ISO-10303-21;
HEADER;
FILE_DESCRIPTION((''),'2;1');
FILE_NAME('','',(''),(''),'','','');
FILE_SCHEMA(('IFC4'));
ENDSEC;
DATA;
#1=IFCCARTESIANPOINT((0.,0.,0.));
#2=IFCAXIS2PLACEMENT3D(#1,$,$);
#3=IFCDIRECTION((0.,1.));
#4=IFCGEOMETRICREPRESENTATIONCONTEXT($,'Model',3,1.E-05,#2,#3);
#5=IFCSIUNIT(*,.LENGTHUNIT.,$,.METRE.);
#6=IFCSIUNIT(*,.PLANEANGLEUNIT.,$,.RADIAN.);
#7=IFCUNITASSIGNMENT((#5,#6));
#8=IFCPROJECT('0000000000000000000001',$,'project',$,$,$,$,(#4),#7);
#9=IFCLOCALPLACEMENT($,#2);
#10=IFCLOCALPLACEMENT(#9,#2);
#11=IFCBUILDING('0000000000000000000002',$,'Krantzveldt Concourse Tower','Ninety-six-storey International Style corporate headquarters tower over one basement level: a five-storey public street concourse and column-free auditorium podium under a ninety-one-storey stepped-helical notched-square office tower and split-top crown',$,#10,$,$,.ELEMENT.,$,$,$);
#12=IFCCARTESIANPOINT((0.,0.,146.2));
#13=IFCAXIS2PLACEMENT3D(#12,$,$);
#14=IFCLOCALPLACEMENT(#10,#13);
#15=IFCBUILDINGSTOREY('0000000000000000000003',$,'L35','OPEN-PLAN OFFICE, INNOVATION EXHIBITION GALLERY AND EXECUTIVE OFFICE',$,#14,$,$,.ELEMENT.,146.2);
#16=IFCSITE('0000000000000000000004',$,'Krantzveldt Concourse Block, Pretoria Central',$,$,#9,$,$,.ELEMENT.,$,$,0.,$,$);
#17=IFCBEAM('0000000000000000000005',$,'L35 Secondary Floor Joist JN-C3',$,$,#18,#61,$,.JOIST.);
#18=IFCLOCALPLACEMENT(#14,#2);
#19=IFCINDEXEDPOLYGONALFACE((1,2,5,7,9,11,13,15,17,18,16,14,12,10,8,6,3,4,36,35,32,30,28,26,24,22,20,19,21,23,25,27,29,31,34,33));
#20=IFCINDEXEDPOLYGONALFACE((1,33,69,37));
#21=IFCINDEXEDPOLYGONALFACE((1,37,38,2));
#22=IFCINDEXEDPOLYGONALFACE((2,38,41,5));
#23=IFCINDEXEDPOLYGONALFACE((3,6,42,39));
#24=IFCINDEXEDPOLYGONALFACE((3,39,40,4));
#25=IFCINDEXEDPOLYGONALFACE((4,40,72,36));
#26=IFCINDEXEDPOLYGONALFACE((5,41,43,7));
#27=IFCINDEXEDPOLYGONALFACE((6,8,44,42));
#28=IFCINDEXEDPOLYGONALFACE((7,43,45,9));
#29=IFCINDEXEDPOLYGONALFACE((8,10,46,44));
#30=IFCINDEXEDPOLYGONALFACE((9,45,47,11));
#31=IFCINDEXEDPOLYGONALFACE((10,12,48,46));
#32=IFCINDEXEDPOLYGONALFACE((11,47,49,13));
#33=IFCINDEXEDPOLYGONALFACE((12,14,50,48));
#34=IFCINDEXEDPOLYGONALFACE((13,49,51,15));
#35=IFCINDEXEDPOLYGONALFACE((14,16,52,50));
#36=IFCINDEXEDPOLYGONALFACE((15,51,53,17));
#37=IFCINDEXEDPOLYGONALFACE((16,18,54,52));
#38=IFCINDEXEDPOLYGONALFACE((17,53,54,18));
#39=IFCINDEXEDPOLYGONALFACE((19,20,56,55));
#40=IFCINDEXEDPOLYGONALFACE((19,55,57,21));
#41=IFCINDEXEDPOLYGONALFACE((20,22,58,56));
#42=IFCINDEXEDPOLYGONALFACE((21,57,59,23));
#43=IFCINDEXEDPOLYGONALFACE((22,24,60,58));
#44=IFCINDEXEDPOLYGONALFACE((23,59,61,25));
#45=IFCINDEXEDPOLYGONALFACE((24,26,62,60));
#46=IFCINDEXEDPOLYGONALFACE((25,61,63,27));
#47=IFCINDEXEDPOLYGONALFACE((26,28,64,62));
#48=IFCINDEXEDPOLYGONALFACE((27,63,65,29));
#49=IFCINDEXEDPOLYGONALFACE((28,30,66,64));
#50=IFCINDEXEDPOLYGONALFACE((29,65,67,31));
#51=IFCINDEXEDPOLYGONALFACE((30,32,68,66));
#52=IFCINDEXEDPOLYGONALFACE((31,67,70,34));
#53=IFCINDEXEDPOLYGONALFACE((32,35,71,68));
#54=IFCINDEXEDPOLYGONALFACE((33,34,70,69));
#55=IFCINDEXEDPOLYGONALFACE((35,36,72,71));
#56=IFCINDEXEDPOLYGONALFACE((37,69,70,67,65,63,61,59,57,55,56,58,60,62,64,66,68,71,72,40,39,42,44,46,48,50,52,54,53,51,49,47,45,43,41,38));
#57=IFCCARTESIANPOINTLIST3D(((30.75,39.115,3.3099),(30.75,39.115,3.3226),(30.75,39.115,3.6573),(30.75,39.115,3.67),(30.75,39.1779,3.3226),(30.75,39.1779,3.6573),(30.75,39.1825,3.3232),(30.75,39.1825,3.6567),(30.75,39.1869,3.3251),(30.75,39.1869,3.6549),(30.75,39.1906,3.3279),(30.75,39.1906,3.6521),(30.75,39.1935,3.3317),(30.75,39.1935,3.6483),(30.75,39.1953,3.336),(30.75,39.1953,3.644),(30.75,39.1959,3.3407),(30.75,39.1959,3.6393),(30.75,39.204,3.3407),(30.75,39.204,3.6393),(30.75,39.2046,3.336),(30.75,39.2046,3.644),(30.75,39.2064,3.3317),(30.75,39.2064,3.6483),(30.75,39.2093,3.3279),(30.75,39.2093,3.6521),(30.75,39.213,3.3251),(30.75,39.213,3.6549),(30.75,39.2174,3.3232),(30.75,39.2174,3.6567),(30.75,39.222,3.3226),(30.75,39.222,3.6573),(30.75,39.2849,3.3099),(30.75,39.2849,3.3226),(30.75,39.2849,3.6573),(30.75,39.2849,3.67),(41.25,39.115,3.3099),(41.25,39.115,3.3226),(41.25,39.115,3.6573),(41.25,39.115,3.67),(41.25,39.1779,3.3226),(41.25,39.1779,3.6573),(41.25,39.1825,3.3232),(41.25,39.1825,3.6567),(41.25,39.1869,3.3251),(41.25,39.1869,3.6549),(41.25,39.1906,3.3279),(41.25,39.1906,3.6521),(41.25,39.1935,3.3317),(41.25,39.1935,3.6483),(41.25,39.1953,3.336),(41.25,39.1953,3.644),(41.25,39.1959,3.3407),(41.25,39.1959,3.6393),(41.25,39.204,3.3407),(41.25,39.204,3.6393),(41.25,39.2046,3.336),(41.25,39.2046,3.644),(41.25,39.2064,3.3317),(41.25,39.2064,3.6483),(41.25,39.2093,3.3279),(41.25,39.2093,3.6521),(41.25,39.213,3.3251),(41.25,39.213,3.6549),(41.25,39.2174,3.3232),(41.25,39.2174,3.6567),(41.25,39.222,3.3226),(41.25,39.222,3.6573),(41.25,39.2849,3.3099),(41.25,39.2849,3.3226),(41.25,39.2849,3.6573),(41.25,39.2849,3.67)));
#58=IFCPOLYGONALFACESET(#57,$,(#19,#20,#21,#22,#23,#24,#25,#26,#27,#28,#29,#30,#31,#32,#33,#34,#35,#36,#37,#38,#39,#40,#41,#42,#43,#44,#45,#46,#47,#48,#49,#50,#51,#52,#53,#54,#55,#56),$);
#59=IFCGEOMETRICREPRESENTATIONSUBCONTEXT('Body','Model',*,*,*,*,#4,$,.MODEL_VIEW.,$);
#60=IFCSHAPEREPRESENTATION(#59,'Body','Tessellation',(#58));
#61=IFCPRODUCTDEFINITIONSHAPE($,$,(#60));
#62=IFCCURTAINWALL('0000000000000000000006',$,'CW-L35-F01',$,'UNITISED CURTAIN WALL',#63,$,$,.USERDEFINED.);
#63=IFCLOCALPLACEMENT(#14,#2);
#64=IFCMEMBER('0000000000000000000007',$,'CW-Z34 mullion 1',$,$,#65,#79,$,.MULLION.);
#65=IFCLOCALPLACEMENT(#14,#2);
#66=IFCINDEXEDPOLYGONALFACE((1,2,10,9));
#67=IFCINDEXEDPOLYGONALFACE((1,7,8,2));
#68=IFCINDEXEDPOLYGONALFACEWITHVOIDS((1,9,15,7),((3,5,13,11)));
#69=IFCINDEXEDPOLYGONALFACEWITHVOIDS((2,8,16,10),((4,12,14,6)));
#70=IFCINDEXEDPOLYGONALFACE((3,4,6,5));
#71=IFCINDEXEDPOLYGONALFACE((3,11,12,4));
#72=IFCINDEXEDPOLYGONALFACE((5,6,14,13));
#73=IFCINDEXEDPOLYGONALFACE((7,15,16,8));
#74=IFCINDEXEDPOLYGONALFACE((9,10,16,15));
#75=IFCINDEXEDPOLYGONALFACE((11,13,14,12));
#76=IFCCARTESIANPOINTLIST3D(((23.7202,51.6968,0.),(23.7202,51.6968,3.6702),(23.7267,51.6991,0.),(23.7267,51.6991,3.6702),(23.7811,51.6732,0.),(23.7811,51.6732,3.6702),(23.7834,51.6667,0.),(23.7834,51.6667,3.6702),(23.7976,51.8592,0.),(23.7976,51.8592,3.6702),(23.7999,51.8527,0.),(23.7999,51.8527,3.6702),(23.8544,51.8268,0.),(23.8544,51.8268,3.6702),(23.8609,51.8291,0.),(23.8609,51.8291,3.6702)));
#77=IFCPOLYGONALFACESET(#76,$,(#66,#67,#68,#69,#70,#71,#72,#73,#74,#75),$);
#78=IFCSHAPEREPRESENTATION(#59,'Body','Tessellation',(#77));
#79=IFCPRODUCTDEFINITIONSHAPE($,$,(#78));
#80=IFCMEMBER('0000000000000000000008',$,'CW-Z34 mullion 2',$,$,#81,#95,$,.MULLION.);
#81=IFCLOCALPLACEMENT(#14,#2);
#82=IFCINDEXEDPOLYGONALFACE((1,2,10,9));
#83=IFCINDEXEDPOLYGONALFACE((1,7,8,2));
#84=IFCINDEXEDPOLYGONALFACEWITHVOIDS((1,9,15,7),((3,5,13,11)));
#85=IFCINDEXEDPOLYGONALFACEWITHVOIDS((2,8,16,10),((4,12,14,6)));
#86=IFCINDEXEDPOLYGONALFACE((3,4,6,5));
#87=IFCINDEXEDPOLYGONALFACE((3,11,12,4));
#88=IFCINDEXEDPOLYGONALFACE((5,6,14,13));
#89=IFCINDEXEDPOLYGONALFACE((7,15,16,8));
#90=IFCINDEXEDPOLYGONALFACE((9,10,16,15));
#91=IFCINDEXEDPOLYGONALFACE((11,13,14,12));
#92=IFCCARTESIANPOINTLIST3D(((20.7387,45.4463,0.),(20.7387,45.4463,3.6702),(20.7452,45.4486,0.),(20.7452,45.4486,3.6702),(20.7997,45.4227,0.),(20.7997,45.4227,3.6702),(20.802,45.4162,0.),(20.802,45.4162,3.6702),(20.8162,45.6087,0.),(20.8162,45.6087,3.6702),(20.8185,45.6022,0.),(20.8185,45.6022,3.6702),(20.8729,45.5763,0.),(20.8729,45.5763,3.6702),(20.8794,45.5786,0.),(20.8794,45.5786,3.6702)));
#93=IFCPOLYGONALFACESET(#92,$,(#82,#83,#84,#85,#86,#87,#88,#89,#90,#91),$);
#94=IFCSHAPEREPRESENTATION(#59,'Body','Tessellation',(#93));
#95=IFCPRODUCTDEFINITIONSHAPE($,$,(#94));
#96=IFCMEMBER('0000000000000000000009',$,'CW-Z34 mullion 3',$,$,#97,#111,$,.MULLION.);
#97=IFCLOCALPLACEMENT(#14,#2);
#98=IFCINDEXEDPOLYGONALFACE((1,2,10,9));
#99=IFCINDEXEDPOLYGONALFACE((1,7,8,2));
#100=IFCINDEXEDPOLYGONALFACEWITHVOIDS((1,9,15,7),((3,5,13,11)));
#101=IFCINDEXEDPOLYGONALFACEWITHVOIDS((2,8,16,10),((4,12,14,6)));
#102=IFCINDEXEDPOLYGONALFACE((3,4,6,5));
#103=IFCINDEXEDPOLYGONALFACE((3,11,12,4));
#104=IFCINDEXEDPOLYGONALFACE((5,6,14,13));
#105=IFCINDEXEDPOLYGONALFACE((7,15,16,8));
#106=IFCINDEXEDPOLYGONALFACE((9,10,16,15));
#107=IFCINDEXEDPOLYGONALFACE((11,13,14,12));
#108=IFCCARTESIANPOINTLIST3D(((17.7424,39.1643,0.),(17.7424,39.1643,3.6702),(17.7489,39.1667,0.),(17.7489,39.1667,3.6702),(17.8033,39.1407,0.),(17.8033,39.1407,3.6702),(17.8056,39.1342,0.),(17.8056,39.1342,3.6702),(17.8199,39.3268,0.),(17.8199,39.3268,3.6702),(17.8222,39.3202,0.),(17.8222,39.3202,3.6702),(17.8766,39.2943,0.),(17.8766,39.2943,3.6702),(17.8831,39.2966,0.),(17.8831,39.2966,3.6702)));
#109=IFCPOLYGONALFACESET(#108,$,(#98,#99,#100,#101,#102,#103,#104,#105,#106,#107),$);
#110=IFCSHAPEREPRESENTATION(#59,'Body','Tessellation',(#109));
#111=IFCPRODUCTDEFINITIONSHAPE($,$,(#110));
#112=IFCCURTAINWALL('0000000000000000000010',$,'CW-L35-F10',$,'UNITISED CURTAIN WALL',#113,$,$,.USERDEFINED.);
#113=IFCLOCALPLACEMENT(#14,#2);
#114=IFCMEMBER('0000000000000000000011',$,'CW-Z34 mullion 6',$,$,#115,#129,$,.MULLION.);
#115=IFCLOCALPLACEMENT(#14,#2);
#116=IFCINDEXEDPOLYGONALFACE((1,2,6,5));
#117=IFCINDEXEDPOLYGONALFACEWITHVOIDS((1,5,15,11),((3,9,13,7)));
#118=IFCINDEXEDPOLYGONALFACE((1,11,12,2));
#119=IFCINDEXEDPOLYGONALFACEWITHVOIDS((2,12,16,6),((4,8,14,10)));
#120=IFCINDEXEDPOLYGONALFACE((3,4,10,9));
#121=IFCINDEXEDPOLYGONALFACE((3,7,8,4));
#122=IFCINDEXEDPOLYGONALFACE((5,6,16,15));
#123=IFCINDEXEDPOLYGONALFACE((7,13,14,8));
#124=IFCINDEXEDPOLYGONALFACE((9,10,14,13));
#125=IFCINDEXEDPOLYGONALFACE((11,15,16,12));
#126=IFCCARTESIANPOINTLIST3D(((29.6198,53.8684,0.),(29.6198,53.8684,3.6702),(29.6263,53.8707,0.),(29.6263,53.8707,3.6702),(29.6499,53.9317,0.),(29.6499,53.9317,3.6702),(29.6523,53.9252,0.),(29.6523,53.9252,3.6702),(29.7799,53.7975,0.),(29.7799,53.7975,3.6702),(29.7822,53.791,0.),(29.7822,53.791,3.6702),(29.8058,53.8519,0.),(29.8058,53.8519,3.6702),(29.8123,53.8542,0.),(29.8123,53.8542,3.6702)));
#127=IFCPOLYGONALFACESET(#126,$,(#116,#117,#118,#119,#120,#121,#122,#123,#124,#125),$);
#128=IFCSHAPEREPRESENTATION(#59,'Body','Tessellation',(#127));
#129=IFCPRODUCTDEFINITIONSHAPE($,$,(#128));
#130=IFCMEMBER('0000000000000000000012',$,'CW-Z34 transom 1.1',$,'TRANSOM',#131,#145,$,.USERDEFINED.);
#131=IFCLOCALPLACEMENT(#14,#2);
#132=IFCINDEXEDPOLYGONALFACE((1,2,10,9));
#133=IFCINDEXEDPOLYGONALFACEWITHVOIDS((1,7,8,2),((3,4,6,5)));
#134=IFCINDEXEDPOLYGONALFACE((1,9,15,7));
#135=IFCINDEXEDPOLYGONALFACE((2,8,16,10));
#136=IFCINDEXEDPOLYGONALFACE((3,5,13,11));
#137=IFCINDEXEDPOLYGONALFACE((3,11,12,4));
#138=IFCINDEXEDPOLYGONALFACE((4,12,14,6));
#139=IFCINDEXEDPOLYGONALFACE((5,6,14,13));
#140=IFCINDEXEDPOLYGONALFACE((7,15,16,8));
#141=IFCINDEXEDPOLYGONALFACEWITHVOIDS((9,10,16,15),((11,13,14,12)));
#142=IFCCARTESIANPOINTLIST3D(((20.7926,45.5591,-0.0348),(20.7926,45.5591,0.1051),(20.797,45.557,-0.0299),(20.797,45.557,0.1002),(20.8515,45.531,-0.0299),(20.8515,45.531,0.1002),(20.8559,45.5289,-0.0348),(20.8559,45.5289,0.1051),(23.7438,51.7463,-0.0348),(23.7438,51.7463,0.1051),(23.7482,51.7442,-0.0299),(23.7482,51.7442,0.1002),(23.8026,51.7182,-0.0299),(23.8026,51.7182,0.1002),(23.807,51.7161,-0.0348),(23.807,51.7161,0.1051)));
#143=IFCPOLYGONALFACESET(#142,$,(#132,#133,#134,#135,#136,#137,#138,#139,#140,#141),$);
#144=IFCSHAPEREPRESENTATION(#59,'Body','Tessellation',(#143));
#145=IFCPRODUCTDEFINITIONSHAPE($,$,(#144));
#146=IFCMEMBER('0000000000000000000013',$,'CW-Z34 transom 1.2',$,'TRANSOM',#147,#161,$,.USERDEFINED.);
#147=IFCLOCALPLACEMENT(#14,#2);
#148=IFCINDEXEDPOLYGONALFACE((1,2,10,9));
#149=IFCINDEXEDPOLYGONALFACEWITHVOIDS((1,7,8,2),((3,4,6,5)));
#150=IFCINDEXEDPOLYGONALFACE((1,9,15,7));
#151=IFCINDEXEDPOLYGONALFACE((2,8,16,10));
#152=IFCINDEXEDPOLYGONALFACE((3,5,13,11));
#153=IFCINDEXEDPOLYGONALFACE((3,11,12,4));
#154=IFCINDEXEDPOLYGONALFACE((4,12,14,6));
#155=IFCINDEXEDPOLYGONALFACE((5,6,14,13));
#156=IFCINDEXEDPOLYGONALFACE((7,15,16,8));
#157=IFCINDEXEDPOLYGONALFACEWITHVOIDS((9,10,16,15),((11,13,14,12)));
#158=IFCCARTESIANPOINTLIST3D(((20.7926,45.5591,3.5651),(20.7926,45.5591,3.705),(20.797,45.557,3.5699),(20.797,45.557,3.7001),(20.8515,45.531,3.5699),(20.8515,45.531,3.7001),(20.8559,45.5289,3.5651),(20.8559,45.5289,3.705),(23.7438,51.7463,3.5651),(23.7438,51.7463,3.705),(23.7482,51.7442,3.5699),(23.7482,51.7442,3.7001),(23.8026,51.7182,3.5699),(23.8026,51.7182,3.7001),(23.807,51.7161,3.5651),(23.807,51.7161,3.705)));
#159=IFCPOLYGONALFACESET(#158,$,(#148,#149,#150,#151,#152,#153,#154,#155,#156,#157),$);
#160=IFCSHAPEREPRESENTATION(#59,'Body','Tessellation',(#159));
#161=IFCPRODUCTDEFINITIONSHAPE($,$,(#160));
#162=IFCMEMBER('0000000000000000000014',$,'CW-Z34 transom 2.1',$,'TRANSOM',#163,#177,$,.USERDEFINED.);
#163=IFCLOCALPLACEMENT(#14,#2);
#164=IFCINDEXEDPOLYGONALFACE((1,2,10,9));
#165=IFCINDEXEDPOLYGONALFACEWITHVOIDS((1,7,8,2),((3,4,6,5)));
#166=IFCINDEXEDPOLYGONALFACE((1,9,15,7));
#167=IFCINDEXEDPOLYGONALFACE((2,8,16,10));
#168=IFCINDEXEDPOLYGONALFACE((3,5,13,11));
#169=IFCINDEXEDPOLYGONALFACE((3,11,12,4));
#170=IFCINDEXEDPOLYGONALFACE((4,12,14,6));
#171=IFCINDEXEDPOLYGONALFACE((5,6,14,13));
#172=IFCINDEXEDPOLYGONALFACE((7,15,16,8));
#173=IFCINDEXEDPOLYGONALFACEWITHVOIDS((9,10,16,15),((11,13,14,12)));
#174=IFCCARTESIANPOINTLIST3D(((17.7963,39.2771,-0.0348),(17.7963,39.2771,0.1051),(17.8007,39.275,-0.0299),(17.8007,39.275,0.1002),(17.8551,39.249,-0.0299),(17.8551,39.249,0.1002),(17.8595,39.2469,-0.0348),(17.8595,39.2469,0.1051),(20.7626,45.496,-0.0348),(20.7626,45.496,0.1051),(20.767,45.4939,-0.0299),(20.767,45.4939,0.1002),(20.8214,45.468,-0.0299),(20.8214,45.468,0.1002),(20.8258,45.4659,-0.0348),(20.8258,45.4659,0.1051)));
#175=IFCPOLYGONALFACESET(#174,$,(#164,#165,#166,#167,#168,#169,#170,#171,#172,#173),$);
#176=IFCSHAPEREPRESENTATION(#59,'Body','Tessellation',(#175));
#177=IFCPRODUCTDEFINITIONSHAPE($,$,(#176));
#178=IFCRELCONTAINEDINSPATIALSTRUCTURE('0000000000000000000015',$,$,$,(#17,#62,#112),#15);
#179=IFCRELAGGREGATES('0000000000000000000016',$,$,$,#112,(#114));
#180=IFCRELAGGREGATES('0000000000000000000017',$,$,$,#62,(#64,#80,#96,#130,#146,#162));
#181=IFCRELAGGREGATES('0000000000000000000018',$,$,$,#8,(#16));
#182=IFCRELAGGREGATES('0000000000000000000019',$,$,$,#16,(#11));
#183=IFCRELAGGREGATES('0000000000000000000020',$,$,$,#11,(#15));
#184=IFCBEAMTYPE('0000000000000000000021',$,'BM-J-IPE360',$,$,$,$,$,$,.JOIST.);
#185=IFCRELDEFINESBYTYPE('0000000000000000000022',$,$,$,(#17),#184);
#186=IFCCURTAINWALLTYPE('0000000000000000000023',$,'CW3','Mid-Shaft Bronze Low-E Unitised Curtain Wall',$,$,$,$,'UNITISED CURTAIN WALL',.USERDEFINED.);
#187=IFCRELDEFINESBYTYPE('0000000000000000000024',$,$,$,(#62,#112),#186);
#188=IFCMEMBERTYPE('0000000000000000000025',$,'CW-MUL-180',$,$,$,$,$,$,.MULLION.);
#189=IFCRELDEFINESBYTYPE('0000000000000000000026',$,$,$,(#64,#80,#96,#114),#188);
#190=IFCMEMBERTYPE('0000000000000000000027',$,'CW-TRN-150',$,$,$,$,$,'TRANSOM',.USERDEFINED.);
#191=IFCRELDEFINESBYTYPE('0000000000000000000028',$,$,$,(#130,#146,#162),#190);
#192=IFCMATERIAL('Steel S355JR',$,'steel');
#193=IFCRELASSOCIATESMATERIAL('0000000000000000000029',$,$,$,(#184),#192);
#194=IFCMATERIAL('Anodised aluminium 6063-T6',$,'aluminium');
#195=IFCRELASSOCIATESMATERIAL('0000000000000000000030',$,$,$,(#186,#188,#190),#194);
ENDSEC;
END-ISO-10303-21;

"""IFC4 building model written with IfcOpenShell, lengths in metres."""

from ifc_helpers import new_model, si_unit, direction, frame, origin, origin_2d, place, context, subcontext, project, spatial, hollow_rectangle, i_section, extrude, source, transform, mapped, material, material_profile, profile_set, type_object, type_shapes, element, aggregate, save


model = new_model("IFC4")

# Units and contexts
model_context = context("Model", 3, precision=1e-05, world=origin(), true_north=direction((0.0, 1.0)))
body_context = subcontext(model_context, "Body", "Model", "MODEL_VIEW")
ifc_project = project(units=[si_unit("LENGTHUNIT", "METRE"), si_unit("PLANEANGLEUNIT", "RADIAN")], contexts=[model_context])

# Site, building, storey
site_placement = place(None, origin())
site = spatial("IfcSite", under=ifc_project, at=site_placement, Name="Krantzveldt Concourse Block, Pretoria Central", CompositionType="ELEMENT", RefElevation=0.0)
building_placement = place(site_placement, origin())
building = spatial("IfcBuilding", under=site, at=building_placement, Name="Krantzveldt Concourse Tower", Description="Ninety-six-storey International Style corporate headquarters tower over one basement level: a five-storey public street concourse and column-free auditorium podium under a ninety-one-storey stepped-helical notched-square office tower and split-top crown", CompositionType="ELEMENT")
storey_placement = place(building_placement, frame((0.0, 0.0, 146.2)))
storey = spatial("IfcBuildingStorey", under=building, at=storey_placement, Name="L35", Description="OPEN-PLAN OFFICE, INNOVATION EXHIBITION GALLERY AND EXECUTIVE OFFICE", CompositionType="ELEMENT", Elevation=146.2)

# Beam
ifc_material_1 = material(Name="Steel S355JR", Category="steel")
ifc_material_profile_1 = material_profile(ifc_material_1, i_section(OverallWidth=0.1699, OverallDepth=0.3601, WebThickness=0.0081, FlangeThickness=0.0127, FilletRadius=0.0181, at=origin_2d()), Name="Steel S355JR", Category="steel")
ifc_profile_set_1 = profile_set([ifc_material_profile_1], Name="Steel S355JR - IPE 360")
beam_type_1 = type_object("IfcBeamType", Name="BM-J-IPE360", PredefinedType="JOIST", material=ifc_profile_set_1)
shared_shape_1 = source(origin(), body_context, "Body", "SweptSolid", [
    extrude(i_section(OverallWidth=0.1699, OverallDepth=0.3601, WebThickness=0.0081, FlangeThickness=0.0127, FilletRadius=0.0181, at=origin_2d()), origin(), (0.0, 0.0, 1.0), 10.5),
])
type_shapes(beam_type_1, [shared_shape_1])
beam_1_placement = place(storey_placement, frame((30.75, 39.2, 3.49), z_axis=(1.0, 0.0, 0.0), x_axis=(0.0, 1.0, 0.0)))
element("IfcBeam", 1, at=beam_1_placement, inside=storey, type_object=beam_type_1, Name="L35 Secondary Floor Joist JN-C3", PredefinedType="JOIST", context=body_context, shape_type="MappedRepresentation", body=[
    mapped(shared_shape_1, transform((0.0, 0.0, 0.0), x_axis=(1.0, 0.0, 0.0), y_axis=(0.0, 1.0, 0.0), z_axis=(0.0, 0.0, 1.0), scale=1.0)),
])

# Curtain wall, members
ifc_material_2 = material(Name="Anodised aluminium 6063-T6", Category="aluminium")
curtain_wall_type = type_object("IfcCurtainWallType", Name="CW3", Description="Mid-Shaft Bronze Low-E Unitised Curtain Wall", ElementType="UNITISED CURTAIN WALL", PredefinedType="USERDEFINED", material=ifc_material_2)
curtain_wall_1_placement = place(storey_placement, origin())
curtain_wall_1 = element("IfcCurtainWall", 2, at=curtain_wall_1_placement, inside=storey, type_object=curtain_wall_type, Name="CW-L35-F01", ObjectType="UNITISED CURTAIN WALL", PredefinedType="USERDEFINED")
ifc_material_profile_2 = material_profile(ifc_material_2, hollow_rectangle(XDim=0.0701, YDim=0.1799, WallThickness=0.0049, at=origin_2d()), Name="Anodised aluminium 6063-T6", Category="aluminium")
ifc_profile_set_2 = profile_set([ifc_material_profile_2], Name="Anodised aluminium 6063-T6 - ALU-MULL 180x70x5")
member_type_1 = type_object("IfcMemberType", Name="CW-MUL-180", PredefinedType="MULLION", material=ifc_profile_set_2)
shared_shape_2 = source(origin(), body_context, "Body", "SweptSolid", [
    extrude(hollow_rectangle(XDim=0.0701, YDim=0.1799, WallThickness=0.0049, at=origin_2d()), origin(), (0.0, 0.0, 1.0), 3.6702),
])
type_shapes(member_type_1, [shared_shape_2])
member_1_placement = place(storey_placement, frame((23.7905, 51.7629, 0.0), z_axis=(0.0, 0.0, 1.0), x_axis=(0.902585, -0.430511, 0.0)))
member_1 = element("IfcMember", 3, at=member_1_placement, type_object=member_type_1, Name="CW-Z34 mullion 1", PredefinedType="MULLION", context=body_context, shape_type="MappedRepresentation", body=[
    mapped(shared_shape_2, transform((0.0, 0.0, 0.0), x_axis=(1.0, 0.0, 0.0), y_axis=(0.0, 1.0, 0.0), z_axis=(0.0, 0.0, 1.0), scale=1.0)),
])
member_2_placement = place(storey_placement, frame((20.8091, 45.5125, 0.0), z_axis=(0.0, 0.0, 1.0), x_axis=(0.902585, -0.430511, 0.0)))
member_2 = element("IfcMember", 4, at=member_2_placement, type_object=member_type_1, Name="CW-Z34 mullion 2", PredefinedType="MULLION", context=body_context, shape_type="MappedRepresentation", body=[
    mapped(shared_shape_2, transform((0.0, 0.0, 0.0), x_axis=(1.0, 0.0, 0.0), y_axis=(0.0, 1.0, 0.0), z_axis=(0.0, 0.0, 1.0), scale=1.0)),
])
member_3_placement = place(storey_placement, frame((17.8127, 39.2305, 0.0), z_axis=(0.0, 0.0, 1.0), x_axis=(0.902585, -0.430511, 0.0)))
member_3 = element("IfcMember", 5, at=member_3_placement, type_object=member_type_1, Name="CW-Z34 mullion 3", PredefinedType="MULLION", context=body_context, shape_type="MappedRepresentation", body=[
    mapped(shared_shape_2, transform((0.0, 0.0, 0.0), x_axis=(1.0, 0.0, 0.0), y_axis=(0.0, 1.0, 0.0), z_axis=(0.0, 0.0, 1.0), scale=1.0)),
])

# Curtain wall, member
curtain_wall_2_placement = place(storey_placement, origin())
curtain_wall_2 = element("IfcCurtainWall", 6, at=curtain_wall_2_placement, inside=storey, type_object=curtain_wall_type, Name="CW-L35-F10", ObjectType="UNITISED CURTAIN WALL", PredefinedType="USERDEFINED")
member_4_placement = place(storey_placement, frame((29.7161, 53.8613, 0.0), z_axis=(0.0, 0.0, 1.0), x_axis=(-0.430511, -0.902585, 0.0)))
member_4 = element("IfcMember", 7, at=member_4_placement, type_object=member_type_1, Name="CW-Z34 mullion 6", PredefinedType="MULLION", context=body_context, shape_type="MappedRepresentation", body=[
    mapped(shared_shape_2, transform((0.0, 0.0, 0.0), x_axis=(1.0, 0.0, 0.0), y_axis=(0.0, 1.0, 0.0), z_axis=(0.0, 0.0, 1.0), scale=1.0)),
])

# Members
ifc_material_profile_3 = material_profile(ifc_material_2, hollow_rectangle(XDim=0.0701, YDim=0.1399, WallThickness=0.0049, at=origin_2d()), Name="Anodised aluminium 6063-T6", Category="aluminium")
ifc_profile_set_3 = profile_set([ifc_material_profile_3], Name="Anodised aluminium 6063-T6 - ALU-TRAN 140x70x5")
member_type_2 = type_object("IfcMemberType", Name="CW-TRN-150", ElementType="TRANSOM", PredefinedType="USERDEFINED", material=ifc_profile_set_3)
shared_shape_3 = source(origin(), body_context, "Body", "SweptSolid", [
    extrude(hollow_rectangle(XDim=0.0701, YDim=0.1399, WallThickness=0.0049, at=origin_2d()), origin(), (0.0, 0.0, 1.0), 6.855),
])
member_5_placement = place(storey_placement, frame((23.7754, 51.7312, 0.0352), z_axis=(-0.430511, -0.902585, 0.0), x_axis=(0.902585, -0.430511, 0.0)))
member_5 = element("IfcMember", 8, at=member_5_placement, type_object=member_type_2, Name="CW-Z34 transom 1.1", ObjectType="TRANSOM", PredefinedType="USERDEFINED", context=body_context, shape_type="MappedRepresentation", body=[
    mapped(shared_shape_3, transform((0.0, 0.0, 0.0), x_axis=(1.0, 0.0, 0.0), y_axis=(0.0, 1.0, 0.0), z_axis=(0.0, 0.0, 1.0), scale=1.0)),
])
member_6_placement = place(storey_placement, frame((23.7754, 51.7312, 3.635), z_axis=(-0.430511, -0.902585, 0.0), x_axis=(0.902585, -0.430511, 0.0)))
member_6 = element("IfcMember", 9, at=member_6_placement, type_object=member_type_2, Name="CW-Z34 transom 1.2", ObjectType="TRANSOM", PredefinedType="USERDEFINED", context=body_context, shape_type="MappedRepresentation", body=[
    mapped(shared_shape_3, transform((0.0, 0.0, 0.0), x_axis=(1.0, 0.0, 0.0), y_axis=(0.0, 1.0, 0.0), z_axis=(0.0, 0.0, 1.0), scale=1.0)),
])
shared_shape_4 = source(origin(), body_context, "Body", "SweptSolid", [
    extrude(hollow_rectangle(XDim=0.0701, YDim=0.1399, WallThickness=0.0049, at=origin_2d()), origin(), (0.0, 0.0, 1.0), 6.8901),
])
member_7_placement = place(storey_placement, frame((20.7942, 45.481, 0.0352), z_axis=(-0.430511, -0.902585, 0.0), x_axis=(0.902585, -0.430511, 0.0)))
member_7 = element("IfcMember", 10, at=member_7_placement, type_object=member_type_2, Name="CW-Z34 transom 2.1", ObjectType="TRANSOM", PredefinedType="USERDEFINED", context=body_context, shape_type="MappedRepresentation", body=[
    mapped(shared_shape_4, transform((0.0, 0.0, 0.0), x_axis=(1.0, 0.0, 0.0), y_axis=(0.0, 1.0, 0.0), z_axis=(0.0, 0.0, 1.0), scale=1.0)),
])

aggregate(curtain_wall_2, [member_4])
aggregate(curtain_wall_1, [member_1, member_2, member_3, member_5, member_6, member_7])

save(model, "model.ifc")
